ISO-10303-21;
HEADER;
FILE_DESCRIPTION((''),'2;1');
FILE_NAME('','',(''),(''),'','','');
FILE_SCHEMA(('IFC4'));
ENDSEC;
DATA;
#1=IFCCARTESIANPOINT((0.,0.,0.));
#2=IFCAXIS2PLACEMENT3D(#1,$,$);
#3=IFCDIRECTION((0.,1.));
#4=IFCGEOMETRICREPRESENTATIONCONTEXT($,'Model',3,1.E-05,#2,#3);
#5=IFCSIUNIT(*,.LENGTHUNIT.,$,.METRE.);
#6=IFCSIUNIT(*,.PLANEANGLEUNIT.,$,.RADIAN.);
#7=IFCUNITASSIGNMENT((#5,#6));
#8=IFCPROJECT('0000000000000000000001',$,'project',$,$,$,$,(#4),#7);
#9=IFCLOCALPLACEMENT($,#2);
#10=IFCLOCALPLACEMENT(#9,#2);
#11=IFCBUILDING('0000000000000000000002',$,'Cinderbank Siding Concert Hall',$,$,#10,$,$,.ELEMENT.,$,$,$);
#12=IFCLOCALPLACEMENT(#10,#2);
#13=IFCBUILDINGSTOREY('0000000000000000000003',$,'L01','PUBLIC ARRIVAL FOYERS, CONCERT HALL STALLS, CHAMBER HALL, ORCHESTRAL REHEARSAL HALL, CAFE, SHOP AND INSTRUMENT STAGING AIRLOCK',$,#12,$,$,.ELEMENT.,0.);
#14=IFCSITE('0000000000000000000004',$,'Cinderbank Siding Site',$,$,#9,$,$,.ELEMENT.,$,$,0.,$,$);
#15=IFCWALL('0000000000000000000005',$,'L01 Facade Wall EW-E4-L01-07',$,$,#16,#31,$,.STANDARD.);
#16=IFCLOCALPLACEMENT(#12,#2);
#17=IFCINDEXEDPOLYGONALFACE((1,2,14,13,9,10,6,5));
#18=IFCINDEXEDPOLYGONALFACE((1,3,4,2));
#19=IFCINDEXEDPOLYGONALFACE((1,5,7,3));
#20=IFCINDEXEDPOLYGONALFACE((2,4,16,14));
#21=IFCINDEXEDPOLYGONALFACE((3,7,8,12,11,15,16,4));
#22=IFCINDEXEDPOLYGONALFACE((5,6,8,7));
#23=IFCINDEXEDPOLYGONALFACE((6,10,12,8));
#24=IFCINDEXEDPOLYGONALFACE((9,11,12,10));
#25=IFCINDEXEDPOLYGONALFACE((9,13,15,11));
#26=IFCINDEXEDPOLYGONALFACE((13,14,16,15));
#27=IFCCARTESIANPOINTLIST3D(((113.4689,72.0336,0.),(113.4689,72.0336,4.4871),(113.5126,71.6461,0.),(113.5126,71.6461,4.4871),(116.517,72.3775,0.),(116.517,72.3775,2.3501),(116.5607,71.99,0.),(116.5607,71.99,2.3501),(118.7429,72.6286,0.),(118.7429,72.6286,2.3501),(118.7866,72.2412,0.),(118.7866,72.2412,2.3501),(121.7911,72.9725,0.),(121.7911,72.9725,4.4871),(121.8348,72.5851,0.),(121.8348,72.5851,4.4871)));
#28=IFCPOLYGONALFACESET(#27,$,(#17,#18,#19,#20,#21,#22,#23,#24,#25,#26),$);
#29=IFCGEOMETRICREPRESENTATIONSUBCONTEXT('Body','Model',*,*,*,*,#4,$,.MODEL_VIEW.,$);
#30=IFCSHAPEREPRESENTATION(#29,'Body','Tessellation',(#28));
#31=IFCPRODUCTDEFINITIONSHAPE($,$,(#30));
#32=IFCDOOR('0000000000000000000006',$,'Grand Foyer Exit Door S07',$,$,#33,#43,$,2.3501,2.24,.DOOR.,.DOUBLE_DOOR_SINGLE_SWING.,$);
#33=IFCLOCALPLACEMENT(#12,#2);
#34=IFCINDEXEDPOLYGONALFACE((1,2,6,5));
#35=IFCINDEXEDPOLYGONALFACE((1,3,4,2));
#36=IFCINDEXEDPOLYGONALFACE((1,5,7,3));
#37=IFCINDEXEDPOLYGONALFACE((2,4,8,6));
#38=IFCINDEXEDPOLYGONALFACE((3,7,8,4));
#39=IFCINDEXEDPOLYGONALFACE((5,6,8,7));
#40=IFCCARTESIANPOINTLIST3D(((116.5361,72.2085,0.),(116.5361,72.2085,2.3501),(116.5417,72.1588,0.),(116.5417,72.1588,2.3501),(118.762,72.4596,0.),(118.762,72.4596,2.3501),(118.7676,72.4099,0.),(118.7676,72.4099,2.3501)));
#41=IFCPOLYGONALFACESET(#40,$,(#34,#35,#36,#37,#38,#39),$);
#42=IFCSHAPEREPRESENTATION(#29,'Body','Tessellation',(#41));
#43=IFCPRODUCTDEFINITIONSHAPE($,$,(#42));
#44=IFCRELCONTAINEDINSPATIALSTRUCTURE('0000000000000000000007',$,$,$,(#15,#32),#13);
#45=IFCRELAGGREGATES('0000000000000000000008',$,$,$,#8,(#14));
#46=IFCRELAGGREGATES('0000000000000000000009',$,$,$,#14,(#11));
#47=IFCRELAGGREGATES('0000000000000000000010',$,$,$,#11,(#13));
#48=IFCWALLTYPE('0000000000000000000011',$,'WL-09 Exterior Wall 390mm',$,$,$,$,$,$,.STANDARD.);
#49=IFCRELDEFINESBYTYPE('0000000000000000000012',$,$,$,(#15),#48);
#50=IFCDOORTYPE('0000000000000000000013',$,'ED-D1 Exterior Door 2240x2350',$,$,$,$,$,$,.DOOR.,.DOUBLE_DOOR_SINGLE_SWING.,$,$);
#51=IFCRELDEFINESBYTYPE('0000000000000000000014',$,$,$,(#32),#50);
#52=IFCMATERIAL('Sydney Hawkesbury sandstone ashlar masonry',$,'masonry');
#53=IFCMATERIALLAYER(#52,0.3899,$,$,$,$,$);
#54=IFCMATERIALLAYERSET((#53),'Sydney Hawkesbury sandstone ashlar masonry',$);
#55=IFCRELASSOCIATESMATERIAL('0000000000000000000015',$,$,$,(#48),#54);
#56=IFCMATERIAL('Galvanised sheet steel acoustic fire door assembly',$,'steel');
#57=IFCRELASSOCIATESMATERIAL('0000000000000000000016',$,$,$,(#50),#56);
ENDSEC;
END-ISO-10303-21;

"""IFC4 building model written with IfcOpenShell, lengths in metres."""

from ifc_helpers import new_model, si_unit, direction, frame, frame_2d, origin, place, context, subcontext, project, spatial, rectangle, extrude, material, layer, layer_set, type_object, element, fill, save


model = new_model("IFC4")

# Units and contexts
model_context = context("Model", 3, precision=1e-05, world=origin(), true_north=direction((0.0, 1.0)))
body_context = subcontext(model_context, "Body", "Model", "MODEL_VIEW")
ifc_project = project(units=[si_unit("LENGTHUNIT", "METRE"), si_unit("PLANEANGLEUNIT", "RADIAN")], contexts=[model_context])

# Site, building, storey
site_placement = place(None, origin())
site = spatial("IfcSite", under=ifc_project, at=site_placement, Name="Cinderbank Siding Site", CompositionType="ELEMENT", RefElevation=0.0)
building_placement = place(site_placement, origin())
building = spatial("IfcBuilding", under=site, at=building_placement, Name="Cinderbank Siding Concert Hall", CompositionType="ELEMENT")
storey_placement = place(building_placement, origin())
storey = spatial("IfcBuildingStorey", under=building, at=storey_placement, Name="L01", Description="PUBLIC ARRIVAL FOYERS, CONCERT HALL STALLS, CHAMBER HALL, ORCHESTRAL REHEARSAL HALL, CAFE, SHOP AND INSTRUMENT STAGING AIRLOCK", CompositionType="ELEMENT", Elevation=0.0)

# Wall, opening, door
ifc_material_1 = material(Name="Sydney Hawkesbury sandstone ashlar masonry", Category="masonry")
ifc_layer_1 = layer(ifc_material_1, 0.3899)
ifc_layer_set_1 = layer_set([ifc_layer_1], Name="Sydney Hawkesbury sandstone ashlar masonry")
wall_type = type_object("IfcWallType", Name="WL-09 Exterior Wall 390mm", PredefinedType="STANDARD", material=ifc_layer_set_1)
ifc_material_2 = material(Name="Galvanised sheet steel acoustic fire door assembly", Category="steel")
door_type = type_object("IfcDoorType", Name="ED-D1 Exterior Door 2240x2350", OperationType="DOUBLE_DOOR_SINGLE_SWING", PredefinedType="DOOR", material=ifc_material_2)
wall_1_placement = place(storey_placement, frame((113.4907, 71.8398, 0.0), z_axis=(0.0, 0.0, 1.0), x_axis=(0.993695, 0.112114, 0.0)))
wall_1 = element("IfcWall", 1, at=wall_1_placement, inside=storey, type_object=wall_type, Name="L01 Facade Wall EW-E4-L01-07", PredefinedType="STANDARD", context=body_context, shape_type="SweptSolid", body=[
    extrude(rectangle(XDim=8.375, YDim=0.3899, at=frame_2d((4.1875, 0.0))), origin(), (0.0, 0.0, 1.0), 4.4871),
])
opening_1_placement = place(wall_1_placement, frame((3.0674, 0.0, 0.0)))
opening_1 = element("IfcOpeningElement", 2, at=opening_1_placement, cuts=wall_1, PredefinedType="OPENING", context=body_context, shape_type="SweptSolid", body=[
    extrude(rectangle(XDim=2.24, YDim=2.3501, at=frame_2d((1.1201, 1.175))), frame((0.0, 0.207, 0.0), z_axis=(0.0, -1.0, 0.0), x_axis=(1.0, 0.0, 0.0)), (0.0, 0.0, 1.0), 0.4138),
])
door_1_placement = place(opening_1_placement, origin())
door_1 = element("IfcDoor", 3, at=door_1_placement, inside=storey, type_object=door_type, Name="Grand Foyer Exit Door S07", OperationType="DOUBLE_DOOR_SINGLE_SWING", OverallHeight=2.3501, OverallWidth=2.24, PredefinedType="DOOR", context=body_context, shape_type="SweptSolid", body=[
    extrude(rectangle(XDim=2.24, YDim=2.3501, at=frame_2d((1.1201, 1.175))), frame((0.0, 0.0249, 0.0), z_axis=(0.0, -1.0, 0.0), x_axis=(1.0, 0.0, 0.0)), (0.0, 0.0, 1.0), 0.05),
])
fill(opening_1, door_1)

save(model, "model.ifc")
